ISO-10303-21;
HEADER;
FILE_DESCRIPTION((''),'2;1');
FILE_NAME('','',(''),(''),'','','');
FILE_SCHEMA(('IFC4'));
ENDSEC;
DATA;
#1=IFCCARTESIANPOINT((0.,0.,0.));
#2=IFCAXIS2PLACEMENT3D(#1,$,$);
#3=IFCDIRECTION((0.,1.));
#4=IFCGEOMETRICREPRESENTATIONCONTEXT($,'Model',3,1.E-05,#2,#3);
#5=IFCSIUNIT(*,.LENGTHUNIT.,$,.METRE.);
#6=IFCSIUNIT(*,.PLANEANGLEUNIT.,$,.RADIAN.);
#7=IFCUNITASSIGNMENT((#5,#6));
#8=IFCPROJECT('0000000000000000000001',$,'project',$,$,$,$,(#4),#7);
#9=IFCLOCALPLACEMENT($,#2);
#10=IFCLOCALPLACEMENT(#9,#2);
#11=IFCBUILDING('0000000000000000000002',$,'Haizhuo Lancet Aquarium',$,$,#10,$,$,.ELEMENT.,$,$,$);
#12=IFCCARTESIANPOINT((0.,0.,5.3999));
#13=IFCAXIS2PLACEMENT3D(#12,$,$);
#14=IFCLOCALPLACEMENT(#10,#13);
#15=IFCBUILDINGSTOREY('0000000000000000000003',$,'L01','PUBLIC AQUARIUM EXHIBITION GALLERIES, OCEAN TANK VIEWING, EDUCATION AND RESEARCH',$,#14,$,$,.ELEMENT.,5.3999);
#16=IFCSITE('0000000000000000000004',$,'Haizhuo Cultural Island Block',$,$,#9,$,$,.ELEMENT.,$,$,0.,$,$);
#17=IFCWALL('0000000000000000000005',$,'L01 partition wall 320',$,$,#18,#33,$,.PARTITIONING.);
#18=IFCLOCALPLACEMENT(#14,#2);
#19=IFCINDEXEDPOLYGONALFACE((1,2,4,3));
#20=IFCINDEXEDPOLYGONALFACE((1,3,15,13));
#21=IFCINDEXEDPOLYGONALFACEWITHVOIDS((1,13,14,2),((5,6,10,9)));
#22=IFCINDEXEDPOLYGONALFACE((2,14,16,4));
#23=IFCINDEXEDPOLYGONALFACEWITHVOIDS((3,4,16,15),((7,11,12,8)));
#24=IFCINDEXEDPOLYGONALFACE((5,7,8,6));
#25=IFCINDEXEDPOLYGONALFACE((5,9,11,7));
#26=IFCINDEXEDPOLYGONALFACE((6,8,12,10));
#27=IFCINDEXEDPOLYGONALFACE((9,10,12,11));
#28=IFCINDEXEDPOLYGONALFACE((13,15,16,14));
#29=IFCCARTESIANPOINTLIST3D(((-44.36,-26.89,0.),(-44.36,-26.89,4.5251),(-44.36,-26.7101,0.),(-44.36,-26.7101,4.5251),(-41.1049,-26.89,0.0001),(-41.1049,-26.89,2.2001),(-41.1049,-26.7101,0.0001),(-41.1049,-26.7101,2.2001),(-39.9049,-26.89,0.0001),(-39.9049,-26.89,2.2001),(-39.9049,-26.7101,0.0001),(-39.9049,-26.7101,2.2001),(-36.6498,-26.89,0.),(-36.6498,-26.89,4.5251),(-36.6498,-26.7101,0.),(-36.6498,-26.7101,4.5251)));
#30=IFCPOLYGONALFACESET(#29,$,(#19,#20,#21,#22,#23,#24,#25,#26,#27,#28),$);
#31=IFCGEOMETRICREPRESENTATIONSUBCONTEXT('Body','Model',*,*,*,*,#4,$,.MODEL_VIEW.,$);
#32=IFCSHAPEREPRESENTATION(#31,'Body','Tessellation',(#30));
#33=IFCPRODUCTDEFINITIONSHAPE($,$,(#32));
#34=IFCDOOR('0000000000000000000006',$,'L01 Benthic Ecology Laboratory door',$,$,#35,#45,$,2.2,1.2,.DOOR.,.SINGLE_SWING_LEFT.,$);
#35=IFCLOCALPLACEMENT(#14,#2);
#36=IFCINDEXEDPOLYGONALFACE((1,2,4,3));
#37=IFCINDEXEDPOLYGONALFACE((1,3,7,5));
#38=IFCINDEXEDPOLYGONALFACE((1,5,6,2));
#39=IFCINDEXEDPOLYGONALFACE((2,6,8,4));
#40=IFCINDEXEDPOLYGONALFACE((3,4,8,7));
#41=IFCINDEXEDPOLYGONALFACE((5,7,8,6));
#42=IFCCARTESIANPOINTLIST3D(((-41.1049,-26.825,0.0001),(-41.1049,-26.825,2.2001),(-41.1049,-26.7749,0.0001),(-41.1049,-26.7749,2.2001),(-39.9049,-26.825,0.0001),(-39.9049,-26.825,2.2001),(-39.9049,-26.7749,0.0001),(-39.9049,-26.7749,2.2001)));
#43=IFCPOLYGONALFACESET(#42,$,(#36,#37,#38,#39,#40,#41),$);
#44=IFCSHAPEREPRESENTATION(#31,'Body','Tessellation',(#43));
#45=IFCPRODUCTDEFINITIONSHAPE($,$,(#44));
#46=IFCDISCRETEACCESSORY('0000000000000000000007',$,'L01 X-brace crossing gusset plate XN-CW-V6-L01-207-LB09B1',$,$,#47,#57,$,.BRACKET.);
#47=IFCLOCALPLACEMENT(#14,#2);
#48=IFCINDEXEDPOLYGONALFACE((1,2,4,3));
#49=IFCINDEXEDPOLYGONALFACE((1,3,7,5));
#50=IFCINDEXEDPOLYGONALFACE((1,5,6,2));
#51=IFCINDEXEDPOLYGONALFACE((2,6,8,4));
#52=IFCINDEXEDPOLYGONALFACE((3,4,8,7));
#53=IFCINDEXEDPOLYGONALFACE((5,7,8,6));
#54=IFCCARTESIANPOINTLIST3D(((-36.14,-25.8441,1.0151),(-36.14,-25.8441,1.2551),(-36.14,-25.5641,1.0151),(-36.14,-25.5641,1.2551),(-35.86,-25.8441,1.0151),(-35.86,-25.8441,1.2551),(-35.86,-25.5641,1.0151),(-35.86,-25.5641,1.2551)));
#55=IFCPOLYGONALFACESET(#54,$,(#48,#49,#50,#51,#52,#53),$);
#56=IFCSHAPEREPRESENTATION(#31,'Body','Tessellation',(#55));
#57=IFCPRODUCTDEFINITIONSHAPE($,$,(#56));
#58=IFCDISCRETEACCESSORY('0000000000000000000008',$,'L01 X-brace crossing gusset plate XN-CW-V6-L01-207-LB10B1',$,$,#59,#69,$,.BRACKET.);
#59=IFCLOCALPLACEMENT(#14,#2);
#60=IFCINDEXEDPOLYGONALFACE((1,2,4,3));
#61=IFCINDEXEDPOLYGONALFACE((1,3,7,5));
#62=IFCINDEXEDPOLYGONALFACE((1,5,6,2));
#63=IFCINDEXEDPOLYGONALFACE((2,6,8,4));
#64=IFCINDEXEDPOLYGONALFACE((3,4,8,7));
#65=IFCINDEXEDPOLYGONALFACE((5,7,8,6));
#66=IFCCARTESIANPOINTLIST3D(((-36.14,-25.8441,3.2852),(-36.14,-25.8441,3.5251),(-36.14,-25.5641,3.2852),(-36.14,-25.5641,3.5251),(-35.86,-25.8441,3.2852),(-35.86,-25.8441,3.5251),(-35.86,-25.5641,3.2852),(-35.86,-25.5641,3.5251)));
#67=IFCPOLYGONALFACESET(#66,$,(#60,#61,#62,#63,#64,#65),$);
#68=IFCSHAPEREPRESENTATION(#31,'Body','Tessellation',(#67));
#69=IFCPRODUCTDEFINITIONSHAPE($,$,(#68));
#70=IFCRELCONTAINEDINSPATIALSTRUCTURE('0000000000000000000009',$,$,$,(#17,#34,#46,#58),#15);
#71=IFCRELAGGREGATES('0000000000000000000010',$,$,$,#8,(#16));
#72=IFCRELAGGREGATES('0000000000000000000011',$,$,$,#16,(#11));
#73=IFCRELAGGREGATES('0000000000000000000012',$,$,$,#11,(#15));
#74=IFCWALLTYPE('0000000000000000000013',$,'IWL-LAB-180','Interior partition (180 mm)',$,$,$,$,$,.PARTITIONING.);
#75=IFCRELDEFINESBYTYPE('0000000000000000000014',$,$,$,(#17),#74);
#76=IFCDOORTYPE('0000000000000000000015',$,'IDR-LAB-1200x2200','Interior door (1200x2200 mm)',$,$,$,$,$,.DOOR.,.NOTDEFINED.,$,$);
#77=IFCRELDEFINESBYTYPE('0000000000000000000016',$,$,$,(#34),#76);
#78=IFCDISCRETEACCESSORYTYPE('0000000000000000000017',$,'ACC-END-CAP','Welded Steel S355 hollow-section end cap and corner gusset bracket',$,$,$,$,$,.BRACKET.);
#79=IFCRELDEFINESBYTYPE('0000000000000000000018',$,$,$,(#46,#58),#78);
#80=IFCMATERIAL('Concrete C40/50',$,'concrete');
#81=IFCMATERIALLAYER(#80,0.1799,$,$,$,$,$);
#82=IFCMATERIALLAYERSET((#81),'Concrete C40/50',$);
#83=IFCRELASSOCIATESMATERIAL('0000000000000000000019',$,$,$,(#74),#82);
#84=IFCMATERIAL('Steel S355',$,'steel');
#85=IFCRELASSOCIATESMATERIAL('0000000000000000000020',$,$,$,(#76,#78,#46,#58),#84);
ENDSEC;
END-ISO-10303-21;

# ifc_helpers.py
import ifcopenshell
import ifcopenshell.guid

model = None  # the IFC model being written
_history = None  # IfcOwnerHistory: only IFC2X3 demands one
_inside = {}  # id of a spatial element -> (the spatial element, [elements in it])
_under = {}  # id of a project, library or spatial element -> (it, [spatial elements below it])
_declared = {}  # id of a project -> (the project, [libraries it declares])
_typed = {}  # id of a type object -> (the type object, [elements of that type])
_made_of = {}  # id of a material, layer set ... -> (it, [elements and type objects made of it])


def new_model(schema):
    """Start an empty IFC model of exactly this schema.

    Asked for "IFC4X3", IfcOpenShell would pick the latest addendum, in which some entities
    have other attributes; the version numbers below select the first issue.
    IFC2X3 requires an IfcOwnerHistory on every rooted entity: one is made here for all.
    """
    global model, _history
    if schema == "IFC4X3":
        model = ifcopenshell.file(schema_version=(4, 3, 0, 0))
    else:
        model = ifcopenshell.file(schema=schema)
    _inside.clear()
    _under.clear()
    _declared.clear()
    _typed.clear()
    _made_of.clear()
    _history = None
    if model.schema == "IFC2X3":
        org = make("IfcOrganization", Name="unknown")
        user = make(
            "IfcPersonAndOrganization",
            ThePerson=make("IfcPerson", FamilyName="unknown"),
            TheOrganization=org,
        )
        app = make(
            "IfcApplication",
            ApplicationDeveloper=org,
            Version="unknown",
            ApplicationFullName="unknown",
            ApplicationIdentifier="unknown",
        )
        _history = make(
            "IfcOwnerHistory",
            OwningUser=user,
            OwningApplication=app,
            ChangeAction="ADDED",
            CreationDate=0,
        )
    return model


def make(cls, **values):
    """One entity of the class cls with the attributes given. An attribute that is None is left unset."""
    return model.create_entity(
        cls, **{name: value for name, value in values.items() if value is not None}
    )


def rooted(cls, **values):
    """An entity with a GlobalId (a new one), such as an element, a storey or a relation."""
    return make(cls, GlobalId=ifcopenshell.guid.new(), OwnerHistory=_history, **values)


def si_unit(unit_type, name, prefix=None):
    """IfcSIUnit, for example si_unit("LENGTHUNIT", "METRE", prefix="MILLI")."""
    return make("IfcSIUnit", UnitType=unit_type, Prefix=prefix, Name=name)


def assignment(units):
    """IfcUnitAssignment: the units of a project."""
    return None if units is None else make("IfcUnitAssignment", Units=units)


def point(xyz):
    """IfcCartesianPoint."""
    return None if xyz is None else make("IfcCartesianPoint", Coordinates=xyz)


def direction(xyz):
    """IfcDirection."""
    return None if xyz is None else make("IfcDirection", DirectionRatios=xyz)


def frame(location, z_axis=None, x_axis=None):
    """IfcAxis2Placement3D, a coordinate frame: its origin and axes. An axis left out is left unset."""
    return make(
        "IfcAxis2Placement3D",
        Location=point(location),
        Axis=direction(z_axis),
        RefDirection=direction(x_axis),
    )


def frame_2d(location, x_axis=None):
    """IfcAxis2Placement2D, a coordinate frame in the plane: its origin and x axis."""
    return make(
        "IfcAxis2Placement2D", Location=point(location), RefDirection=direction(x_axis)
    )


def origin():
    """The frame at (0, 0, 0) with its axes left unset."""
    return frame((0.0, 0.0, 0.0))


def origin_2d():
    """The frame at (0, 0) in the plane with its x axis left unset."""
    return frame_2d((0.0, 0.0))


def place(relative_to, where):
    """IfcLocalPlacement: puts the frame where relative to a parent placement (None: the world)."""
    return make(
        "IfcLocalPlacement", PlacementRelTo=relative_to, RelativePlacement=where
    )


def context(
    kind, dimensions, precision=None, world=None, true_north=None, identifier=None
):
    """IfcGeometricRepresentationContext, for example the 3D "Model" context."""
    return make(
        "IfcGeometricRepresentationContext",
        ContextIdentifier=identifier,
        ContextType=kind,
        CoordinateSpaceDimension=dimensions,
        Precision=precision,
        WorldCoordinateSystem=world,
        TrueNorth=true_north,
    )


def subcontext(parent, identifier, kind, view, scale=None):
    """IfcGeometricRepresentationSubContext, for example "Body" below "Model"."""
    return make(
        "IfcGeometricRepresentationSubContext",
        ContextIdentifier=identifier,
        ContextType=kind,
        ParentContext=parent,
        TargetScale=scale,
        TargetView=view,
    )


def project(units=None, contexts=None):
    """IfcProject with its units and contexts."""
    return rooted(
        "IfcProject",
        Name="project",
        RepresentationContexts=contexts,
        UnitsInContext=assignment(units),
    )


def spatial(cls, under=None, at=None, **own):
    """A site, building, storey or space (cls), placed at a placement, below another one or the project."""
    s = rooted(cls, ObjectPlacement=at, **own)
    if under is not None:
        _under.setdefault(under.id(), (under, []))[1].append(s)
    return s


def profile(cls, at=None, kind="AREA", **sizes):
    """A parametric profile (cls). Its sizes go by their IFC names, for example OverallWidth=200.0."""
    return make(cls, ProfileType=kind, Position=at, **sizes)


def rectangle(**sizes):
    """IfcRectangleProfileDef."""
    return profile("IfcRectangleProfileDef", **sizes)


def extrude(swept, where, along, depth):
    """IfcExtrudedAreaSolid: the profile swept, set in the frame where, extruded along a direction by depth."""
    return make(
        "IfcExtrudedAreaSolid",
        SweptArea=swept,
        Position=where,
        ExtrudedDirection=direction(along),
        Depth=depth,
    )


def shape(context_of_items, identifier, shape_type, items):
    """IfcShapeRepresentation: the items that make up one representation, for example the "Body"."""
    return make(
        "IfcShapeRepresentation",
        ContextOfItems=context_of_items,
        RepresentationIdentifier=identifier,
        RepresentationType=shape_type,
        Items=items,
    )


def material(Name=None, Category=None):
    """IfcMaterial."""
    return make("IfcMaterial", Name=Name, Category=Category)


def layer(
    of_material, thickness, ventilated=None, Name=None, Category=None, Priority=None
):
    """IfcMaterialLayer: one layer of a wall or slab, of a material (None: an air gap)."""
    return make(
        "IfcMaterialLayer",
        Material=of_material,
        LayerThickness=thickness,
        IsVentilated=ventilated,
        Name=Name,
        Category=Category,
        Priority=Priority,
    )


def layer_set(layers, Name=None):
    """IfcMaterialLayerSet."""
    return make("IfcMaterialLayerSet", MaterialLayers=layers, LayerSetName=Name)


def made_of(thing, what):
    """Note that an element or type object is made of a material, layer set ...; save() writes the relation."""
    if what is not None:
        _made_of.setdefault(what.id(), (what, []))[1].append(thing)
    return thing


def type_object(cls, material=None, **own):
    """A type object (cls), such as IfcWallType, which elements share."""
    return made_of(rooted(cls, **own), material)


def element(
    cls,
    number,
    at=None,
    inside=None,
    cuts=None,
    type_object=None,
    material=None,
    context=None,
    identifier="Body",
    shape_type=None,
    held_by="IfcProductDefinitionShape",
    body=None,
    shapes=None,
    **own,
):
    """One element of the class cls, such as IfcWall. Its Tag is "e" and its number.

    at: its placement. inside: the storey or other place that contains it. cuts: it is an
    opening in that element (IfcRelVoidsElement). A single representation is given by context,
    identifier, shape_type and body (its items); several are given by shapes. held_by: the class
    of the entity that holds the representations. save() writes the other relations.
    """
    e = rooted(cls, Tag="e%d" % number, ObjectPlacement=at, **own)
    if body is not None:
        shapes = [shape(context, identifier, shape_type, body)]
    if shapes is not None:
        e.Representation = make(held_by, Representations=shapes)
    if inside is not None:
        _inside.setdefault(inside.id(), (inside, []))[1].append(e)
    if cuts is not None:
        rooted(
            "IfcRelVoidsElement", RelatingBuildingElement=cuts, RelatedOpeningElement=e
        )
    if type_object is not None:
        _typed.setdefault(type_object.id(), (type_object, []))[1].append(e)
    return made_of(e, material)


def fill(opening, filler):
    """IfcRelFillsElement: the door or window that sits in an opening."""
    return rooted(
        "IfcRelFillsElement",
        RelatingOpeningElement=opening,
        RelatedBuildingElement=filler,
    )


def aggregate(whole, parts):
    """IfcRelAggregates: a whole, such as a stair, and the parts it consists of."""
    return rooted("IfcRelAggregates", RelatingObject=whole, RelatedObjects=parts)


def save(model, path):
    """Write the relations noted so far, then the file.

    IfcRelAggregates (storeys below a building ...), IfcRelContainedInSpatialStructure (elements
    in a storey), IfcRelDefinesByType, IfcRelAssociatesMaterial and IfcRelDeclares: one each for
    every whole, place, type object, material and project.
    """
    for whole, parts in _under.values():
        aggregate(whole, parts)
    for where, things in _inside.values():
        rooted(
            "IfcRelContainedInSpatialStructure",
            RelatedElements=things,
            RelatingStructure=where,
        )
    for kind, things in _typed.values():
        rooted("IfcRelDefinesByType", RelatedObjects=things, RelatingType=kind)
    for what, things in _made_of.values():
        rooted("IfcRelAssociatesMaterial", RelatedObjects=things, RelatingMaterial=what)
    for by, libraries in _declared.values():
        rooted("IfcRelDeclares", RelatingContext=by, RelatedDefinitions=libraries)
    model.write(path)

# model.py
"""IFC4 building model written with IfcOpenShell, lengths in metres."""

from ifc_helpers import new_model, si_unit, direction, frame, frame_2d, origin, origin_2d, place, context, subcontext, project, spatial, rectangle, extrude, material, layer, layer_set, type_object, element, fill, save


model = new_model("IFC4")

# Units and contexts
model_context = context("Model", 3, precision=1e-05, world=origin(), true_north=direction((0.0, 1.0)))
body_context = subcontext(model_context, "Body", "Model", "MODEL_VIEW")
ifc_project = project(units=[si_unit("LENGTHUNIT", "METRE"), si_unit("PLANEANGLEUNIT", "RADIAN")], contexts=[model_context])

# Site, building, storey
site_placement = place(None, origin())
site = spatial("IfcSite", under=ifc_project, at=site_placement, Name="Haizhuo Cultural Island Block", CompositionType="ELEMENT", RefElevation=0.0)
building_placement = place(site_placement, origin())
building = spatial("IfcBuilding", under=site, at=building_placement, Name="Haizhuo Lancet Aquarium", CompositionType="ELEMENT")
storey_placement = place(building_placement, frame((0.0, 0.0, 5.3999)))
storey = spatial("IfcBuildingStorey", under=building, at=storey_placement, Name="L01", Description="PUBLIC AQUARIUM EXHIBITION GALLERIES, OCEAN TANK VIEWING, EDUCATION AND RESEARCH", CompositionType="ELEMENT", Elevation=5.3999)

# Shared definitions
ifc_material_1 = material(Name="Concrete C40/50", Category="concrete")

# Shared definitions
ifc_material_2 = material(Name="Steel S355", Category="steel")

# Wall, opening, door
ifc_layer_1 = layer(ifc_material_1, 0.1799)
ifc_layer_set_1 = layer_set([ifc_layer_1], Name="Concrete C40/50")
wall_type = type_object("IfcWallType", Name="IWL-LAB-180", Description="Interior partition (180 mm)", PredefinedType="PARTITIONING", material=ifc_layer_set_1)
wall_placement = place(storey_placement, frame((-36.6499, -26.8, 0.0), z_axis=(0.0, 0.0, 1.0), x_axis=(-1.0, 0.0, 0.0)))
wall = element("IfcWall", 1, at=wall_placement, inside=storey, type_object=wall_type, Name="L01 partition wall 320", PredefinedType="PARTITIONING", context=body_context, shape_type="SweptSolid", body=[
    extrude(rectangle(XDim=7.7102, YDim=0.1799, at=frame_2d((3.855, 0.0))), origin(), (0.0, 0.0, 1.0), 4.5251),
])
opening_placement = place(wall_placement, frame((3.2549, 0.0, 0.0)))
opening = element("IfcOpeningElement", 2, at=opening_placement, cuts=wall, PredefinedType="OPENING", context=body_context, shape_type="SweptSolid", body=[
    extrude(rectangle(XDim=1.2, YDim=2.2, at=frame_2d((0.6001, 1.1001))), frame((0.0, 0.0999, 0.0), z_axis=(0.0, -1.0, 0.0), x_axis=(1.0, 0.0, 0.0)), (0.0, 0.0, 1.0), 0.1999),
])
door_type = type_object("IfcDoorType", Name="IDR-LAB-1200x2200", Description="Interior door (1200x2200 mm)", OperationType="NOTDEFINED", PredefinedType="DOOR", material=ifc_material_2)
door_placement = place(opening_placement, origin())
door = element("IfcDoor", 3, at=door_placement, inside=storey, type_object=door_type, Name="L01 Benthic Ecology Laboratory door", OperationType="SINGLE_SWING_LEFT", OverallHeight=2.2, OverallWidth=1.2, PredefinedType="DOOR", context=body_context, shape_type="SweptSolid", body=[
    extrude(rectangle(XDim=1.2, YDim=2.2, at=frame_2d((0.6001, 1.1001))), frame((0.0, 0.0249, 0.0), z_axis=(0.0, -1.0, 0.0), x_axis=(1.0, 0.0, 0.0)), (0.0, 0.0, 1.0), 0.05),
])
fill(opening, door)

# Discrete accessories
discrete_accessory_type = type_object("IfcDiscreteAccessoryType", Name="ACC-END-CAP", Description="Welded Steel S355 hollow-section end cap and corner gusset bracket", PredefinedType="BRACKET", material=ifc_material_2)
for number, where, z_axis, x_axis, name in (
    (4, (-36.0, -25.7041, 1.0151), (0.0, 0.0, 1.0), (1.0, 0.0, 0.0), "L01 X-brace crossing gusset plate XN-CW-V6-L01-207-LB09B1"),
    (5, (-36.0, -25.7041, 3.2852), (0.0, 0.0, 1.0), (1.0, 0.0, 0.0), "L01 X-brace crossing gusset plate XN-CW-V6-L01-207-LB10B1"),
):
    element("IfcDiscreteAccessory", number, at=place(storey_placement, frame(where, z_axis=z_axis, x_axis=x_axis)), inside=storey, type_object=discrete_accessory_type, material=ifc_material_2, Name=name, PredefinedType="BRACKET", context=body_context, shape_type="SweptSolid", body=[
        extrude(rectangle(XDim=0.28, YDim=0.28, at=origin_2d()), origin(), (0.0, 0.0, 1.0), 0.24),
    ])

save(model, "model.ifc")
